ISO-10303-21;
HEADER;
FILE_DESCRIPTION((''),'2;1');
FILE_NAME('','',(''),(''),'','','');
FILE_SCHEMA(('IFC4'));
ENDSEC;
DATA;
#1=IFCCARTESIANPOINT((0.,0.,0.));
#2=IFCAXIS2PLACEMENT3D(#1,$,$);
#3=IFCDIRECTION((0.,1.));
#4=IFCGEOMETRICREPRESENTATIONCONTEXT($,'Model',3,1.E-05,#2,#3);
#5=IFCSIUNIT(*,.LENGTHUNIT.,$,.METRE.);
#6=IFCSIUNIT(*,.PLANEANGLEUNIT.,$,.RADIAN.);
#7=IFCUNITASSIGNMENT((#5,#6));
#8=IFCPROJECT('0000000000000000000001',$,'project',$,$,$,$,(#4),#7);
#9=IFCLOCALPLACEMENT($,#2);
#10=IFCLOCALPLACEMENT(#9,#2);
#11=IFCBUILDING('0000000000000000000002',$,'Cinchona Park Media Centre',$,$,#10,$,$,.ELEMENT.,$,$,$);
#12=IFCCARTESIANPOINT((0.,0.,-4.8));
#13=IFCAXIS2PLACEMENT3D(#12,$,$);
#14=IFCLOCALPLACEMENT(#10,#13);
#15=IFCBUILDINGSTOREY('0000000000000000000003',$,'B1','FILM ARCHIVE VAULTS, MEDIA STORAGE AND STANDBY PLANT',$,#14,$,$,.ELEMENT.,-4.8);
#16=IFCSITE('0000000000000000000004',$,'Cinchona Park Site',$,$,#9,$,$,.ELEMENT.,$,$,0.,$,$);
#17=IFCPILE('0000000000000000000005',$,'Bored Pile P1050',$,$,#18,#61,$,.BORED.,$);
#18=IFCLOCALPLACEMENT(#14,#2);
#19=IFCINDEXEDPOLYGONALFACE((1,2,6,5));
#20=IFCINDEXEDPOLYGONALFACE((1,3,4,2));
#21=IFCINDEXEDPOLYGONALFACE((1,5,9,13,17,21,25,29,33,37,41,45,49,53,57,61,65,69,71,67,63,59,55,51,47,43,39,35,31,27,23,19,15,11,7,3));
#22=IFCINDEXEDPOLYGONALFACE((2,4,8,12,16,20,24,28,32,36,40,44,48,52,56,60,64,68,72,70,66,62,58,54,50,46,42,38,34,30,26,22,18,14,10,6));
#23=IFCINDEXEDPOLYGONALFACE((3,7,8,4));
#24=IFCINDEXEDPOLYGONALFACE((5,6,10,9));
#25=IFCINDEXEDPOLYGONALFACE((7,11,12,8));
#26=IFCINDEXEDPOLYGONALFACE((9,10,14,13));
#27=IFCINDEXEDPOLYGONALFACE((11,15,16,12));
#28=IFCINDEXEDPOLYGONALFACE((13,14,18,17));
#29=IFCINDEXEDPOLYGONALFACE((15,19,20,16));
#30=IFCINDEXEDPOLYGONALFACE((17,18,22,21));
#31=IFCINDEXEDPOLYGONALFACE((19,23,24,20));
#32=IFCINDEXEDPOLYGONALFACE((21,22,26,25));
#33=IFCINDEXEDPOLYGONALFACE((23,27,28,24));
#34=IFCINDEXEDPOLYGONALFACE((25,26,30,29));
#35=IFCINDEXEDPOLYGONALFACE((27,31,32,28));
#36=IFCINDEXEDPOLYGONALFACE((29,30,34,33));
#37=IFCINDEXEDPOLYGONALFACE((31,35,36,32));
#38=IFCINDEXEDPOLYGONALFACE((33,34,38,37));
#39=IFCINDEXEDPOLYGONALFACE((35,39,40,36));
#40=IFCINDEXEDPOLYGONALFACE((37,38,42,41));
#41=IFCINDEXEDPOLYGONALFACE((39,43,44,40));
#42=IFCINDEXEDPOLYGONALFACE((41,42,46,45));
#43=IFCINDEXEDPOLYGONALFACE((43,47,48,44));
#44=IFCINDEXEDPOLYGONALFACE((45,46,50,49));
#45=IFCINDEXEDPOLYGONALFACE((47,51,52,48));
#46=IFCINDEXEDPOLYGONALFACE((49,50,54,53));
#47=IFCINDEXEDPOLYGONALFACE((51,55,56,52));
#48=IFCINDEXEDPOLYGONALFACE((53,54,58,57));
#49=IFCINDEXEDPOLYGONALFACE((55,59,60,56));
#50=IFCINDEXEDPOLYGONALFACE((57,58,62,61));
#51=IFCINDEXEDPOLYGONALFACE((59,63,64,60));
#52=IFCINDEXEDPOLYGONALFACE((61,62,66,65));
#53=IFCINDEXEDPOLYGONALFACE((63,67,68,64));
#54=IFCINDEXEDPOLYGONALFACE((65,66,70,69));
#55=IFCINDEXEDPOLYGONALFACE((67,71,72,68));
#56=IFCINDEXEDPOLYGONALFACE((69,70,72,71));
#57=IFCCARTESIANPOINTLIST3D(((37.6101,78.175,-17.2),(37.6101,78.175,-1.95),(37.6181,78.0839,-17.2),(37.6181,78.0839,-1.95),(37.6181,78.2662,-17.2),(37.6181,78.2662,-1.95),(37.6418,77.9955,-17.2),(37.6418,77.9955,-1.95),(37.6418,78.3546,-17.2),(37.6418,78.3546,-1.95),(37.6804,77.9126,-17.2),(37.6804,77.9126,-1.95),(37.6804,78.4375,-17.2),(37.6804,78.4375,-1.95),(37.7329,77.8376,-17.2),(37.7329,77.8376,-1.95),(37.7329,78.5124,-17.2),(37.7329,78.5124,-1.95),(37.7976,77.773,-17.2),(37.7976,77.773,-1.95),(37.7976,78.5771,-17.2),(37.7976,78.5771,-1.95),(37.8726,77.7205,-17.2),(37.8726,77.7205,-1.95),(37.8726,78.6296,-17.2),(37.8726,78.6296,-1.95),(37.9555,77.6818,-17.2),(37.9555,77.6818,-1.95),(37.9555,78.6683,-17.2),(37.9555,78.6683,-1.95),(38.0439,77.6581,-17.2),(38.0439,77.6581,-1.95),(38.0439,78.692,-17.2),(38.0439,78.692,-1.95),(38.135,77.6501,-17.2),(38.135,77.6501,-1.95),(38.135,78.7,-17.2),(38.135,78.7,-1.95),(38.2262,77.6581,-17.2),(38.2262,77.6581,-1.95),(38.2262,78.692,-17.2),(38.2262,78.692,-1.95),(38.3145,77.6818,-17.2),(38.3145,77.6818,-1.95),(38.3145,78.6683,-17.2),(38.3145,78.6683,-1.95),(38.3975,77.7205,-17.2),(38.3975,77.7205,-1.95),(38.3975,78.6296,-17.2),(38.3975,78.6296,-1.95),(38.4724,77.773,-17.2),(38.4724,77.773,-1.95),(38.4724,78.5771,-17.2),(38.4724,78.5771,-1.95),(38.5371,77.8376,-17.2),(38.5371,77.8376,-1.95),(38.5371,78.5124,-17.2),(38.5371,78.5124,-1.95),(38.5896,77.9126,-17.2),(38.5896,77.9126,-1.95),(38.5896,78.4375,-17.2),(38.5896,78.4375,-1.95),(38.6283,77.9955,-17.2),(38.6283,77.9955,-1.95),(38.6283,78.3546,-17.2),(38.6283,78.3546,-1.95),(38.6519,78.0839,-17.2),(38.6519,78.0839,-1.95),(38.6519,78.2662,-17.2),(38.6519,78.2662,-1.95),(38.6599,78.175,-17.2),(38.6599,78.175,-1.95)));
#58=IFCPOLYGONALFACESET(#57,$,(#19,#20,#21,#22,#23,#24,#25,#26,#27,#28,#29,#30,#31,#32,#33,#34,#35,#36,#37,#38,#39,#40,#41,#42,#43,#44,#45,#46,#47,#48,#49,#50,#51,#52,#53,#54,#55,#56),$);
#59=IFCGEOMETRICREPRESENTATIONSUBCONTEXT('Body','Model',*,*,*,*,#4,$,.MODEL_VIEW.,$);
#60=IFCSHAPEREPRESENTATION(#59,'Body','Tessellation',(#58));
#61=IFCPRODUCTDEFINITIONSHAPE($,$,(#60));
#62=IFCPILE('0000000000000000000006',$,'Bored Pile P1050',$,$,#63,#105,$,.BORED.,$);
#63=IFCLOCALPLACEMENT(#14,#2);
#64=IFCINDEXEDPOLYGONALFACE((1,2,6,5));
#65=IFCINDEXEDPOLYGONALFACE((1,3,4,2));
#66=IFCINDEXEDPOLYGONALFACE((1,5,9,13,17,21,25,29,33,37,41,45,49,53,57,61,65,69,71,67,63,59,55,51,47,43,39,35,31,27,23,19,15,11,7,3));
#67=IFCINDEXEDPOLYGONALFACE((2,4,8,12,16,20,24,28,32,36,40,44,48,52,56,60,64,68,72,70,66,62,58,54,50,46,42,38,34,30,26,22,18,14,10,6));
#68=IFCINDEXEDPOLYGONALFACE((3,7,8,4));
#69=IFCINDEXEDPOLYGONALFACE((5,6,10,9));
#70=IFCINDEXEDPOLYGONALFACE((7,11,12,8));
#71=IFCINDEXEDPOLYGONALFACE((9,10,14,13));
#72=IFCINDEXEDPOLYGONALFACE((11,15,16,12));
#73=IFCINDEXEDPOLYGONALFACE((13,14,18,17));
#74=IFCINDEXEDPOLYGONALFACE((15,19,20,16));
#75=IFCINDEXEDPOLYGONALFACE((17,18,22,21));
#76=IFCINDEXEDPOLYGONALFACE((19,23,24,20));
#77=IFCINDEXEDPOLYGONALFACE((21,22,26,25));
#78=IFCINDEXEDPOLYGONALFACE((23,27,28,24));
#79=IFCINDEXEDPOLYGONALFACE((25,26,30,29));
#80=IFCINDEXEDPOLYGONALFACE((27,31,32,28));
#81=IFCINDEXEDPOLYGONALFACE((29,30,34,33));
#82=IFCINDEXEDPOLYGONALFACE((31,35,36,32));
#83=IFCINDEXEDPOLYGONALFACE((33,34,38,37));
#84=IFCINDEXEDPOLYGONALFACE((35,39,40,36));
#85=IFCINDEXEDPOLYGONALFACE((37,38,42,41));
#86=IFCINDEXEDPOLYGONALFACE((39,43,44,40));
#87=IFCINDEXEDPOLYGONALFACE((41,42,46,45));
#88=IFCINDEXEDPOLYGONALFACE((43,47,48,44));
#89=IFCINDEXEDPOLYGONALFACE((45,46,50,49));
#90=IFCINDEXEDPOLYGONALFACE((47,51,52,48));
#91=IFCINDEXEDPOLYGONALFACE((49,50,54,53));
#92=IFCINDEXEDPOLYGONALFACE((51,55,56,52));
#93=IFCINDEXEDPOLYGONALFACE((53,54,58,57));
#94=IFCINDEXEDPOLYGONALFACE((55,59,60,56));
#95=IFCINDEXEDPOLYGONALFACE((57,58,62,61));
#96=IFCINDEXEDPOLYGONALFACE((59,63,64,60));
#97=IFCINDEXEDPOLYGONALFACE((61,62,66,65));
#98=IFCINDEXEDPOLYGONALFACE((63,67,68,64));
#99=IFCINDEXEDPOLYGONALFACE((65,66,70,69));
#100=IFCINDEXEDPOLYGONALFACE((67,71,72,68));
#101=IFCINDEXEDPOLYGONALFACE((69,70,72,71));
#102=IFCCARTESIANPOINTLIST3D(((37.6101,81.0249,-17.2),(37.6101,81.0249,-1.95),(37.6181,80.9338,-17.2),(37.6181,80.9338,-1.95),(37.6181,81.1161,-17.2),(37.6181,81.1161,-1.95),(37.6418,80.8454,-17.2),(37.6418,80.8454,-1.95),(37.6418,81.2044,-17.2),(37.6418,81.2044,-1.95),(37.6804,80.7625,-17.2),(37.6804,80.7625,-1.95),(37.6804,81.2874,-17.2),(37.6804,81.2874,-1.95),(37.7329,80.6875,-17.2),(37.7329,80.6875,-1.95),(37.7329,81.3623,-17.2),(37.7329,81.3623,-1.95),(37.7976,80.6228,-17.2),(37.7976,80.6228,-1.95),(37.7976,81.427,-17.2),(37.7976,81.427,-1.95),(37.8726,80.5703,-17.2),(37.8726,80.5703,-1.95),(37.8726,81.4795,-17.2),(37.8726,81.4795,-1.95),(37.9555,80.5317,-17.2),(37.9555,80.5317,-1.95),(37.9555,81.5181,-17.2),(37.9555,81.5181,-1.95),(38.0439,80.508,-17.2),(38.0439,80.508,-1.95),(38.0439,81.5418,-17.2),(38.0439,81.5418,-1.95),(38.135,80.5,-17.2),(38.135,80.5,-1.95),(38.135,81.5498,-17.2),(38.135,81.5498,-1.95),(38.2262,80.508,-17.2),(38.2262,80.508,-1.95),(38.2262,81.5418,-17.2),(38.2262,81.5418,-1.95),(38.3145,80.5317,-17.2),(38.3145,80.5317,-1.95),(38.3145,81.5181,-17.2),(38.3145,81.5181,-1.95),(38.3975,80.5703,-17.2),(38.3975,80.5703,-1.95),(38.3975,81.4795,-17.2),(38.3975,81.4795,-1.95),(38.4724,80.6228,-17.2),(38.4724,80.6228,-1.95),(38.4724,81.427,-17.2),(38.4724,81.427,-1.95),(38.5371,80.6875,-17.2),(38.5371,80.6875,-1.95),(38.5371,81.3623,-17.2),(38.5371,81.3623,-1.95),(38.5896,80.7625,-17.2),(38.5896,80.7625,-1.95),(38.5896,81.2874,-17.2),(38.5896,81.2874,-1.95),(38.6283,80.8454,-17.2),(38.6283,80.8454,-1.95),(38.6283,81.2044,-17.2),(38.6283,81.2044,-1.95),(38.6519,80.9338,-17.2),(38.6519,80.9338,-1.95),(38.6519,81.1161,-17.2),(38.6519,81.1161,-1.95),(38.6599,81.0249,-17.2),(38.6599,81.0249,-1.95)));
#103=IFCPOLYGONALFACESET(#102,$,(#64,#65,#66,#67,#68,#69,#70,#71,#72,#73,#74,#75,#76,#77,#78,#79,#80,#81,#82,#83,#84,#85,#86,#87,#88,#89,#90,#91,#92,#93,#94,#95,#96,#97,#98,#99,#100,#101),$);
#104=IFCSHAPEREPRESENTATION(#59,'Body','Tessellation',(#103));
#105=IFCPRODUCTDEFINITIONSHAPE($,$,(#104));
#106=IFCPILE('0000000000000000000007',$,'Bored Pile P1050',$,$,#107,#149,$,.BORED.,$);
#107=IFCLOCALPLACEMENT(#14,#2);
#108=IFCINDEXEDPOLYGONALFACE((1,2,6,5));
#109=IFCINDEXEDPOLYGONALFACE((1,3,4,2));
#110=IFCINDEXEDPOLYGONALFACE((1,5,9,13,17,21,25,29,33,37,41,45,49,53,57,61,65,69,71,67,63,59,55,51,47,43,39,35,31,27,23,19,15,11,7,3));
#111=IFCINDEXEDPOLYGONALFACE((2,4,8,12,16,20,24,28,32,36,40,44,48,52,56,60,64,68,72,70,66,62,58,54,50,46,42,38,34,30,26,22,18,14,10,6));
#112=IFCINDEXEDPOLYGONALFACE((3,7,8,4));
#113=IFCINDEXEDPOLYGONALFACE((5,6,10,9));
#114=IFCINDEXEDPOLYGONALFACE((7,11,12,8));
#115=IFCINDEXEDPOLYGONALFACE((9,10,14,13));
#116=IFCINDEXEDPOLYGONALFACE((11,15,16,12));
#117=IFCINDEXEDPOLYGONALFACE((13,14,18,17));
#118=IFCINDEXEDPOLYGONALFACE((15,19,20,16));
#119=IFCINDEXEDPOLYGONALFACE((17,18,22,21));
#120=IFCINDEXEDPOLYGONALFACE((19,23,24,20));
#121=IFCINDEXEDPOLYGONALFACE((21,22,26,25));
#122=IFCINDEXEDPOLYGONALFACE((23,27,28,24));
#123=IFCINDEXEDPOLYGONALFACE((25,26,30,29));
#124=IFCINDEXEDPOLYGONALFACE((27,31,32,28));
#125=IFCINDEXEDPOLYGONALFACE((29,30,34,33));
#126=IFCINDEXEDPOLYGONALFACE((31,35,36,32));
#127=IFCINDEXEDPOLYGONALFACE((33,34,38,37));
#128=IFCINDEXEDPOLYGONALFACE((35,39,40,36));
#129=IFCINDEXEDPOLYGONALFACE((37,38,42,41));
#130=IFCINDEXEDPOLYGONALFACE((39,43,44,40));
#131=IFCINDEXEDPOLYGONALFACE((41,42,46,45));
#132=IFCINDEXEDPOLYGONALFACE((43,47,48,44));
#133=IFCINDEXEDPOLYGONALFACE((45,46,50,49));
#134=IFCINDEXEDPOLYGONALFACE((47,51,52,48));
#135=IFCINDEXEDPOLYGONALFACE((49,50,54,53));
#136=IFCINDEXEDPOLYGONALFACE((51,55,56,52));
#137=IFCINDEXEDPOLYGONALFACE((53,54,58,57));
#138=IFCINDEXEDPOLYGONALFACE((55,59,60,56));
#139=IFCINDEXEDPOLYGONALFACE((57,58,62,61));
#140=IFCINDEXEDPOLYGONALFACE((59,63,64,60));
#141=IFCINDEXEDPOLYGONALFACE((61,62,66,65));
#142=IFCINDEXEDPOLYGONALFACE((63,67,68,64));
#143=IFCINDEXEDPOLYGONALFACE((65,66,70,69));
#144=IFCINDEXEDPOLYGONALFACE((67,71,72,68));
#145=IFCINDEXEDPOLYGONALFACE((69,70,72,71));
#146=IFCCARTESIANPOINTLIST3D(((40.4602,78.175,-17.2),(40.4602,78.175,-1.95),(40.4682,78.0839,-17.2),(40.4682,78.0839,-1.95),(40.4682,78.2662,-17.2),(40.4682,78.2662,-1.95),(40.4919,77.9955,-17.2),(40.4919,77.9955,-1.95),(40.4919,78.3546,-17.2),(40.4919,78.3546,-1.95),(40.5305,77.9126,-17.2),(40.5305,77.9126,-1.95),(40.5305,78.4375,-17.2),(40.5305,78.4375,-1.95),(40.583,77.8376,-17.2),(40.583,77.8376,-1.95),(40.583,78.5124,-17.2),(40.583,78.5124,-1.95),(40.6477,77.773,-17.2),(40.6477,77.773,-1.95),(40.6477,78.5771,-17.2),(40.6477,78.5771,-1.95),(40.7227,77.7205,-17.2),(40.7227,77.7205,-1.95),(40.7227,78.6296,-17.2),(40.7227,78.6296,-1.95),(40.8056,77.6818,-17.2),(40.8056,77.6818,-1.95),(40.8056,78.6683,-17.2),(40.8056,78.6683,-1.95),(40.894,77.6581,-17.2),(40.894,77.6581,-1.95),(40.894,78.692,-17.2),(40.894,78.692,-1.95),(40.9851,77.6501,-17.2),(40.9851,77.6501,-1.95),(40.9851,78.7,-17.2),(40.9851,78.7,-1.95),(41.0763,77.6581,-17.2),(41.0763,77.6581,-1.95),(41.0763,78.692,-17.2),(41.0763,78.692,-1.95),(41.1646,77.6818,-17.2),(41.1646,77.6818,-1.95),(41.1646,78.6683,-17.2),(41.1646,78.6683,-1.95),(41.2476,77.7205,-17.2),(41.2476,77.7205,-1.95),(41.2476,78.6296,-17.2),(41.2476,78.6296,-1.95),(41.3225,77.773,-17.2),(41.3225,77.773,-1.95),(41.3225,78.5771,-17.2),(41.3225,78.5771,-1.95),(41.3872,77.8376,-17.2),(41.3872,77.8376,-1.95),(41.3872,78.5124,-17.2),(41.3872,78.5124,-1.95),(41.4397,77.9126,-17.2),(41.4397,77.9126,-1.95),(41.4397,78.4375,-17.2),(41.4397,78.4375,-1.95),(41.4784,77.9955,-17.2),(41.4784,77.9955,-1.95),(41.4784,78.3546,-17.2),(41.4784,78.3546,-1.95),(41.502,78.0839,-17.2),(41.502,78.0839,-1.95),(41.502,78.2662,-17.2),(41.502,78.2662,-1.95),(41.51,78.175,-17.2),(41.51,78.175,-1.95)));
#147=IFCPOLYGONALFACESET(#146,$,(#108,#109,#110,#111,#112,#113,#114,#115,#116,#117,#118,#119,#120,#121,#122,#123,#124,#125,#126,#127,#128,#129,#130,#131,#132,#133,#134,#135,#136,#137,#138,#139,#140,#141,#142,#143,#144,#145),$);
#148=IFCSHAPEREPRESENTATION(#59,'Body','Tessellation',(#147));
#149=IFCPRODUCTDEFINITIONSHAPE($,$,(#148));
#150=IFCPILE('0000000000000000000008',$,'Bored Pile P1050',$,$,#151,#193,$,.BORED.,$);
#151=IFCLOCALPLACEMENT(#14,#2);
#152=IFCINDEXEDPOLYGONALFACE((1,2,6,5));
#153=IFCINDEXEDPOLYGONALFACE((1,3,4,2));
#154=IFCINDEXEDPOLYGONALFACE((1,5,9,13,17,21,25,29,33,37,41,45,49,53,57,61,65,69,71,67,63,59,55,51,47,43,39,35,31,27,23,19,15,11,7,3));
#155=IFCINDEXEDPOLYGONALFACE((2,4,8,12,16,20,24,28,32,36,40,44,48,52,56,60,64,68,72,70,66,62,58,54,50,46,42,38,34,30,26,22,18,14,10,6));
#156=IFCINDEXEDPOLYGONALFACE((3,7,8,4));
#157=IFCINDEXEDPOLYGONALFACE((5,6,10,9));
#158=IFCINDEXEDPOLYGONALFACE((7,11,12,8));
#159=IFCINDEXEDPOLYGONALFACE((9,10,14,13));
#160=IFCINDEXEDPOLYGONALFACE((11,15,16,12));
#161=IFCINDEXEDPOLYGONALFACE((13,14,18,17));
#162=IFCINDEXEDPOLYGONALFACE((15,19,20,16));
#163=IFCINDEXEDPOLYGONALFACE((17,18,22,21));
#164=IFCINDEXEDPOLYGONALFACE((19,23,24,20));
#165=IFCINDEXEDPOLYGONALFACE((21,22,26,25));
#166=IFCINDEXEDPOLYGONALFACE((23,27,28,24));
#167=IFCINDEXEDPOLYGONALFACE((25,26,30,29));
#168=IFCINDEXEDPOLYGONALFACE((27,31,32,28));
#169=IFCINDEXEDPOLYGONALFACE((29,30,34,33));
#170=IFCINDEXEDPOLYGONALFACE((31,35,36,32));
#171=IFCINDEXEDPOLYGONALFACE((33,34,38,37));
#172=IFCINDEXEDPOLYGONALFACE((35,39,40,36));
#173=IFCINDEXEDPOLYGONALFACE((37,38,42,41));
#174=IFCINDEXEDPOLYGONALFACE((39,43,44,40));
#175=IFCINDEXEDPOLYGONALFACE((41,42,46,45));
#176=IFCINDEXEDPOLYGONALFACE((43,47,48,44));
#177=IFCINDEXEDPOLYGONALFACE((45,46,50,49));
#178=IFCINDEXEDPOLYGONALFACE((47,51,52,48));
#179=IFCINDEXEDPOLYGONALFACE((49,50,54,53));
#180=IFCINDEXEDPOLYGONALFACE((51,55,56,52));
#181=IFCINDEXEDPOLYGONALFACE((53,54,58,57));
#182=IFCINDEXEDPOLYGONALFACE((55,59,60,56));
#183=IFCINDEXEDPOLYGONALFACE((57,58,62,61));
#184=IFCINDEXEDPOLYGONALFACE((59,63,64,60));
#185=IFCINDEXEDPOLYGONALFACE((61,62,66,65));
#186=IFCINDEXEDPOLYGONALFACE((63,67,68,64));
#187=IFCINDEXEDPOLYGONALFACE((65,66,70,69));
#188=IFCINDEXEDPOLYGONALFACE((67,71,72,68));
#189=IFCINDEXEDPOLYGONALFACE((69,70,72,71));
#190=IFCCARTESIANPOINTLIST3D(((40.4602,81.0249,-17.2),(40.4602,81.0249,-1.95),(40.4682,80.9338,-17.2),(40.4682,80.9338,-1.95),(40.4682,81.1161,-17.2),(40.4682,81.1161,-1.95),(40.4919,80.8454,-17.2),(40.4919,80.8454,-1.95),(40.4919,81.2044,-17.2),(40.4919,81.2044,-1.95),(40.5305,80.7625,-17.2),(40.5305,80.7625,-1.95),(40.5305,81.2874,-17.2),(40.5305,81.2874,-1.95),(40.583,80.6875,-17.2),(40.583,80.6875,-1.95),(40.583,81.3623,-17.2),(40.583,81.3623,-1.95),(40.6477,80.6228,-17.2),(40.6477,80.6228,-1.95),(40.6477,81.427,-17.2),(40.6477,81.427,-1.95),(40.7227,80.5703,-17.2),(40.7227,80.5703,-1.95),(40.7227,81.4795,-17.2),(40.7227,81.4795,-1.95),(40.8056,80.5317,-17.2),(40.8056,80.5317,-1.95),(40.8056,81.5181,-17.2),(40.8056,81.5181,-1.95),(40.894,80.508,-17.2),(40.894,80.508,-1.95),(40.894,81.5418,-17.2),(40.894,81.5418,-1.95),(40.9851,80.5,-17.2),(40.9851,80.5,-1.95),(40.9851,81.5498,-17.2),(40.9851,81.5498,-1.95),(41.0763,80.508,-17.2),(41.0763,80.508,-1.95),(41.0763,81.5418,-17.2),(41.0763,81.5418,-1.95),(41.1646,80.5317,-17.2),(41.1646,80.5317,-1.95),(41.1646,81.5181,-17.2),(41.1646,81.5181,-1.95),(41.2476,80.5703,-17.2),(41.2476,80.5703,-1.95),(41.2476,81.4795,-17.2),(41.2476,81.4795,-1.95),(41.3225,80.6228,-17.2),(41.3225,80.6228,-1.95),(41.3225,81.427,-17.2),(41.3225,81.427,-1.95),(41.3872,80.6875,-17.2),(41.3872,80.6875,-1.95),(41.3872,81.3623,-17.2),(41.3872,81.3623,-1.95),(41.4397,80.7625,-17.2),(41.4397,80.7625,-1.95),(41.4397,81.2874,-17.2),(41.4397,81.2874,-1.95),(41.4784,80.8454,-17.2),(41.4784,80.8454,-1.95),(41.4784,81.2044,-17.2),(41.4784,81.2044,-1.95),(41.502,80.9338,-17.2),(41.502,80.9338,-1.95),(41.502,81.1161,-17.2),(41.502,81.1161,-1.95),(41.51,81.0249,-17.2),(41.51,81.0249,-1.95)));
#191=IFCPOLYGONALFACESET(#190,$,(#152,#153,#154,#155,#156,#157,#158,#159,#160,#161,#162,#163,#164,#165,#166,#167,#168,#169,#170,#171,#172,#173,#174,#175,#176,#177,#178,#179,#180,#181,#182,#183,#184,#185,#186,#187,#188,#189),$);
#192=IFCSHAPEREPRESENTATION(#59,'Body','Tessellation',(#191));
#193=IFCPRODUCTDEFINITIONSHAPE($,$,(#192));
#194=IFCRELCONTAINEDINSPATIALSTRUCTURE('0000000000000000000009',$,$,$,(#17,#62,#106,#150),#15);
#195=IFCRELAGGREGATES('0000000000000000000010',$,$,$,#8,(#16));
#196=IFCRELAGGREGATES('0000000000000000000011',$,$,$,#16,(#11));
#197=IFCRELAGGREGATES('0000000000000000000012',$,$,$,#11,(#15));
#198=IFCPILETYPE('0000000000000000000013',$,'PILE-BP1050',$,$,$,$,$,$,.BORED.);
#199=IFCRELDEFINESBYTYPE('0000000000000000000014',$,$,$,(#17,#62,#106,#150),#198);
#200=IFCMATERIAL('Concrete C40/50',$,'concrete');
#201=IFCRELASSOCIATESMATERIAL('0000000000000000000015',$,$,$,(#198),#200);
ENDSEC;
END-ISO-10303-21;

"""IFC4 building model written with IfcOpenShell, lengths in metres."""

from ifc_helpers import new_model, si_unit, direction, frame, origin, origin_2d, place, context, subcontext, project, spatial, circle, extrude, material, material_profile, profile_set, type_object, element, save


model = new_model("IFC4")

# Units and contexts
model_context = context("Model", 3, precision=1e-05, world=origin(), true_north=direction((0.0, 1.0)))
body_context = subcontext(model_context, "Body", "Model", "MODEL_VIEW")
ifc_project = project(units=[si_unit("LENGTHUNIT", "METRE"), si_unit("PLANEANGLEUNIT", "RADIAN")], contexts=[model_context])

# Site, building, storey
site_placement = place(None, origin())
site = spatial("IfcSite", under=ifc_project, at=site_placement, Name="Cinchona Park Site", CompositionType="ELEMENT", RefElevation=0.0)
building_placement = place(site_placement, origin())
building = spatial("IfcBuilding", under=site, at=building_placement, Name="Cinchona Park Media Centre", CompositionType="ELEMENT")
storey_placement = place(building_placement, frame((0.0, 0.0, -4.8)))
storey = spatial("IfcBuildingStorey", under=building, at=storey_placement, Name="B1", Description="FILM ARCHIVE VAULTS, MEDIA STORAGE AND STANDBY PLANT", CompositionType="ELEMENT", Elevation=-4.8)

# Piles
ifc_material_1 = material(Name="Concrete C40/50", Category="concrete")
ifc_material_profile_1 = material_profile(ifc_material_1, circle(Radius=0.5249, at=origin_2d()), Name="BORED PILE 1050")
ifc_profile_set_1 = profile_set([ifc_material_profile_1], Name="Concrete C40/50")
pile_type_1 = type_object("IfcPileType", Name="PILE-BP1050", PredefinedType="BORED", material=ifc_profile_set_1)
for number, where, z_axis, x_axis, name in (
    (1, (38.135, 78.175, -1.95), (0.0, 0.0, -1.0), (1.0, 0.0, 0.0), "Bored Pile P1050"),
    (2, (38.135, 81.0249, -1.95), (0.0, 0.0, -1.0), (1.0, 0.0, 0.0), "Bored Pile P1050"),
    (3, (40.9851, 78.175, -1.95), (0.0, 0.0, -1.0), (1.0, 0.0, 0.0), "Bored Pile P1050"),
    (4, (40.9851, 81.0249, -1.95), (0.0, 0.0, -1.0), (1.0, 0.0, 0.0), "Bored Pile P1050"),
):
    element("IfcPile", number, at=place(storey_placement, frame(where, z_axis=z_axis, x_axis=x_axis)), inside=storey, type_object=pile_type_1, Name=name, PredefinedType="BORED", context=body_context, shape_type="SweptSolid", body=[
        extrude(circle(Radius=0.5249, at=origin_2d()), origin(), (0.0, 0.0, 1.0), 15.25),
    ])

save(model, "model.ifc")
